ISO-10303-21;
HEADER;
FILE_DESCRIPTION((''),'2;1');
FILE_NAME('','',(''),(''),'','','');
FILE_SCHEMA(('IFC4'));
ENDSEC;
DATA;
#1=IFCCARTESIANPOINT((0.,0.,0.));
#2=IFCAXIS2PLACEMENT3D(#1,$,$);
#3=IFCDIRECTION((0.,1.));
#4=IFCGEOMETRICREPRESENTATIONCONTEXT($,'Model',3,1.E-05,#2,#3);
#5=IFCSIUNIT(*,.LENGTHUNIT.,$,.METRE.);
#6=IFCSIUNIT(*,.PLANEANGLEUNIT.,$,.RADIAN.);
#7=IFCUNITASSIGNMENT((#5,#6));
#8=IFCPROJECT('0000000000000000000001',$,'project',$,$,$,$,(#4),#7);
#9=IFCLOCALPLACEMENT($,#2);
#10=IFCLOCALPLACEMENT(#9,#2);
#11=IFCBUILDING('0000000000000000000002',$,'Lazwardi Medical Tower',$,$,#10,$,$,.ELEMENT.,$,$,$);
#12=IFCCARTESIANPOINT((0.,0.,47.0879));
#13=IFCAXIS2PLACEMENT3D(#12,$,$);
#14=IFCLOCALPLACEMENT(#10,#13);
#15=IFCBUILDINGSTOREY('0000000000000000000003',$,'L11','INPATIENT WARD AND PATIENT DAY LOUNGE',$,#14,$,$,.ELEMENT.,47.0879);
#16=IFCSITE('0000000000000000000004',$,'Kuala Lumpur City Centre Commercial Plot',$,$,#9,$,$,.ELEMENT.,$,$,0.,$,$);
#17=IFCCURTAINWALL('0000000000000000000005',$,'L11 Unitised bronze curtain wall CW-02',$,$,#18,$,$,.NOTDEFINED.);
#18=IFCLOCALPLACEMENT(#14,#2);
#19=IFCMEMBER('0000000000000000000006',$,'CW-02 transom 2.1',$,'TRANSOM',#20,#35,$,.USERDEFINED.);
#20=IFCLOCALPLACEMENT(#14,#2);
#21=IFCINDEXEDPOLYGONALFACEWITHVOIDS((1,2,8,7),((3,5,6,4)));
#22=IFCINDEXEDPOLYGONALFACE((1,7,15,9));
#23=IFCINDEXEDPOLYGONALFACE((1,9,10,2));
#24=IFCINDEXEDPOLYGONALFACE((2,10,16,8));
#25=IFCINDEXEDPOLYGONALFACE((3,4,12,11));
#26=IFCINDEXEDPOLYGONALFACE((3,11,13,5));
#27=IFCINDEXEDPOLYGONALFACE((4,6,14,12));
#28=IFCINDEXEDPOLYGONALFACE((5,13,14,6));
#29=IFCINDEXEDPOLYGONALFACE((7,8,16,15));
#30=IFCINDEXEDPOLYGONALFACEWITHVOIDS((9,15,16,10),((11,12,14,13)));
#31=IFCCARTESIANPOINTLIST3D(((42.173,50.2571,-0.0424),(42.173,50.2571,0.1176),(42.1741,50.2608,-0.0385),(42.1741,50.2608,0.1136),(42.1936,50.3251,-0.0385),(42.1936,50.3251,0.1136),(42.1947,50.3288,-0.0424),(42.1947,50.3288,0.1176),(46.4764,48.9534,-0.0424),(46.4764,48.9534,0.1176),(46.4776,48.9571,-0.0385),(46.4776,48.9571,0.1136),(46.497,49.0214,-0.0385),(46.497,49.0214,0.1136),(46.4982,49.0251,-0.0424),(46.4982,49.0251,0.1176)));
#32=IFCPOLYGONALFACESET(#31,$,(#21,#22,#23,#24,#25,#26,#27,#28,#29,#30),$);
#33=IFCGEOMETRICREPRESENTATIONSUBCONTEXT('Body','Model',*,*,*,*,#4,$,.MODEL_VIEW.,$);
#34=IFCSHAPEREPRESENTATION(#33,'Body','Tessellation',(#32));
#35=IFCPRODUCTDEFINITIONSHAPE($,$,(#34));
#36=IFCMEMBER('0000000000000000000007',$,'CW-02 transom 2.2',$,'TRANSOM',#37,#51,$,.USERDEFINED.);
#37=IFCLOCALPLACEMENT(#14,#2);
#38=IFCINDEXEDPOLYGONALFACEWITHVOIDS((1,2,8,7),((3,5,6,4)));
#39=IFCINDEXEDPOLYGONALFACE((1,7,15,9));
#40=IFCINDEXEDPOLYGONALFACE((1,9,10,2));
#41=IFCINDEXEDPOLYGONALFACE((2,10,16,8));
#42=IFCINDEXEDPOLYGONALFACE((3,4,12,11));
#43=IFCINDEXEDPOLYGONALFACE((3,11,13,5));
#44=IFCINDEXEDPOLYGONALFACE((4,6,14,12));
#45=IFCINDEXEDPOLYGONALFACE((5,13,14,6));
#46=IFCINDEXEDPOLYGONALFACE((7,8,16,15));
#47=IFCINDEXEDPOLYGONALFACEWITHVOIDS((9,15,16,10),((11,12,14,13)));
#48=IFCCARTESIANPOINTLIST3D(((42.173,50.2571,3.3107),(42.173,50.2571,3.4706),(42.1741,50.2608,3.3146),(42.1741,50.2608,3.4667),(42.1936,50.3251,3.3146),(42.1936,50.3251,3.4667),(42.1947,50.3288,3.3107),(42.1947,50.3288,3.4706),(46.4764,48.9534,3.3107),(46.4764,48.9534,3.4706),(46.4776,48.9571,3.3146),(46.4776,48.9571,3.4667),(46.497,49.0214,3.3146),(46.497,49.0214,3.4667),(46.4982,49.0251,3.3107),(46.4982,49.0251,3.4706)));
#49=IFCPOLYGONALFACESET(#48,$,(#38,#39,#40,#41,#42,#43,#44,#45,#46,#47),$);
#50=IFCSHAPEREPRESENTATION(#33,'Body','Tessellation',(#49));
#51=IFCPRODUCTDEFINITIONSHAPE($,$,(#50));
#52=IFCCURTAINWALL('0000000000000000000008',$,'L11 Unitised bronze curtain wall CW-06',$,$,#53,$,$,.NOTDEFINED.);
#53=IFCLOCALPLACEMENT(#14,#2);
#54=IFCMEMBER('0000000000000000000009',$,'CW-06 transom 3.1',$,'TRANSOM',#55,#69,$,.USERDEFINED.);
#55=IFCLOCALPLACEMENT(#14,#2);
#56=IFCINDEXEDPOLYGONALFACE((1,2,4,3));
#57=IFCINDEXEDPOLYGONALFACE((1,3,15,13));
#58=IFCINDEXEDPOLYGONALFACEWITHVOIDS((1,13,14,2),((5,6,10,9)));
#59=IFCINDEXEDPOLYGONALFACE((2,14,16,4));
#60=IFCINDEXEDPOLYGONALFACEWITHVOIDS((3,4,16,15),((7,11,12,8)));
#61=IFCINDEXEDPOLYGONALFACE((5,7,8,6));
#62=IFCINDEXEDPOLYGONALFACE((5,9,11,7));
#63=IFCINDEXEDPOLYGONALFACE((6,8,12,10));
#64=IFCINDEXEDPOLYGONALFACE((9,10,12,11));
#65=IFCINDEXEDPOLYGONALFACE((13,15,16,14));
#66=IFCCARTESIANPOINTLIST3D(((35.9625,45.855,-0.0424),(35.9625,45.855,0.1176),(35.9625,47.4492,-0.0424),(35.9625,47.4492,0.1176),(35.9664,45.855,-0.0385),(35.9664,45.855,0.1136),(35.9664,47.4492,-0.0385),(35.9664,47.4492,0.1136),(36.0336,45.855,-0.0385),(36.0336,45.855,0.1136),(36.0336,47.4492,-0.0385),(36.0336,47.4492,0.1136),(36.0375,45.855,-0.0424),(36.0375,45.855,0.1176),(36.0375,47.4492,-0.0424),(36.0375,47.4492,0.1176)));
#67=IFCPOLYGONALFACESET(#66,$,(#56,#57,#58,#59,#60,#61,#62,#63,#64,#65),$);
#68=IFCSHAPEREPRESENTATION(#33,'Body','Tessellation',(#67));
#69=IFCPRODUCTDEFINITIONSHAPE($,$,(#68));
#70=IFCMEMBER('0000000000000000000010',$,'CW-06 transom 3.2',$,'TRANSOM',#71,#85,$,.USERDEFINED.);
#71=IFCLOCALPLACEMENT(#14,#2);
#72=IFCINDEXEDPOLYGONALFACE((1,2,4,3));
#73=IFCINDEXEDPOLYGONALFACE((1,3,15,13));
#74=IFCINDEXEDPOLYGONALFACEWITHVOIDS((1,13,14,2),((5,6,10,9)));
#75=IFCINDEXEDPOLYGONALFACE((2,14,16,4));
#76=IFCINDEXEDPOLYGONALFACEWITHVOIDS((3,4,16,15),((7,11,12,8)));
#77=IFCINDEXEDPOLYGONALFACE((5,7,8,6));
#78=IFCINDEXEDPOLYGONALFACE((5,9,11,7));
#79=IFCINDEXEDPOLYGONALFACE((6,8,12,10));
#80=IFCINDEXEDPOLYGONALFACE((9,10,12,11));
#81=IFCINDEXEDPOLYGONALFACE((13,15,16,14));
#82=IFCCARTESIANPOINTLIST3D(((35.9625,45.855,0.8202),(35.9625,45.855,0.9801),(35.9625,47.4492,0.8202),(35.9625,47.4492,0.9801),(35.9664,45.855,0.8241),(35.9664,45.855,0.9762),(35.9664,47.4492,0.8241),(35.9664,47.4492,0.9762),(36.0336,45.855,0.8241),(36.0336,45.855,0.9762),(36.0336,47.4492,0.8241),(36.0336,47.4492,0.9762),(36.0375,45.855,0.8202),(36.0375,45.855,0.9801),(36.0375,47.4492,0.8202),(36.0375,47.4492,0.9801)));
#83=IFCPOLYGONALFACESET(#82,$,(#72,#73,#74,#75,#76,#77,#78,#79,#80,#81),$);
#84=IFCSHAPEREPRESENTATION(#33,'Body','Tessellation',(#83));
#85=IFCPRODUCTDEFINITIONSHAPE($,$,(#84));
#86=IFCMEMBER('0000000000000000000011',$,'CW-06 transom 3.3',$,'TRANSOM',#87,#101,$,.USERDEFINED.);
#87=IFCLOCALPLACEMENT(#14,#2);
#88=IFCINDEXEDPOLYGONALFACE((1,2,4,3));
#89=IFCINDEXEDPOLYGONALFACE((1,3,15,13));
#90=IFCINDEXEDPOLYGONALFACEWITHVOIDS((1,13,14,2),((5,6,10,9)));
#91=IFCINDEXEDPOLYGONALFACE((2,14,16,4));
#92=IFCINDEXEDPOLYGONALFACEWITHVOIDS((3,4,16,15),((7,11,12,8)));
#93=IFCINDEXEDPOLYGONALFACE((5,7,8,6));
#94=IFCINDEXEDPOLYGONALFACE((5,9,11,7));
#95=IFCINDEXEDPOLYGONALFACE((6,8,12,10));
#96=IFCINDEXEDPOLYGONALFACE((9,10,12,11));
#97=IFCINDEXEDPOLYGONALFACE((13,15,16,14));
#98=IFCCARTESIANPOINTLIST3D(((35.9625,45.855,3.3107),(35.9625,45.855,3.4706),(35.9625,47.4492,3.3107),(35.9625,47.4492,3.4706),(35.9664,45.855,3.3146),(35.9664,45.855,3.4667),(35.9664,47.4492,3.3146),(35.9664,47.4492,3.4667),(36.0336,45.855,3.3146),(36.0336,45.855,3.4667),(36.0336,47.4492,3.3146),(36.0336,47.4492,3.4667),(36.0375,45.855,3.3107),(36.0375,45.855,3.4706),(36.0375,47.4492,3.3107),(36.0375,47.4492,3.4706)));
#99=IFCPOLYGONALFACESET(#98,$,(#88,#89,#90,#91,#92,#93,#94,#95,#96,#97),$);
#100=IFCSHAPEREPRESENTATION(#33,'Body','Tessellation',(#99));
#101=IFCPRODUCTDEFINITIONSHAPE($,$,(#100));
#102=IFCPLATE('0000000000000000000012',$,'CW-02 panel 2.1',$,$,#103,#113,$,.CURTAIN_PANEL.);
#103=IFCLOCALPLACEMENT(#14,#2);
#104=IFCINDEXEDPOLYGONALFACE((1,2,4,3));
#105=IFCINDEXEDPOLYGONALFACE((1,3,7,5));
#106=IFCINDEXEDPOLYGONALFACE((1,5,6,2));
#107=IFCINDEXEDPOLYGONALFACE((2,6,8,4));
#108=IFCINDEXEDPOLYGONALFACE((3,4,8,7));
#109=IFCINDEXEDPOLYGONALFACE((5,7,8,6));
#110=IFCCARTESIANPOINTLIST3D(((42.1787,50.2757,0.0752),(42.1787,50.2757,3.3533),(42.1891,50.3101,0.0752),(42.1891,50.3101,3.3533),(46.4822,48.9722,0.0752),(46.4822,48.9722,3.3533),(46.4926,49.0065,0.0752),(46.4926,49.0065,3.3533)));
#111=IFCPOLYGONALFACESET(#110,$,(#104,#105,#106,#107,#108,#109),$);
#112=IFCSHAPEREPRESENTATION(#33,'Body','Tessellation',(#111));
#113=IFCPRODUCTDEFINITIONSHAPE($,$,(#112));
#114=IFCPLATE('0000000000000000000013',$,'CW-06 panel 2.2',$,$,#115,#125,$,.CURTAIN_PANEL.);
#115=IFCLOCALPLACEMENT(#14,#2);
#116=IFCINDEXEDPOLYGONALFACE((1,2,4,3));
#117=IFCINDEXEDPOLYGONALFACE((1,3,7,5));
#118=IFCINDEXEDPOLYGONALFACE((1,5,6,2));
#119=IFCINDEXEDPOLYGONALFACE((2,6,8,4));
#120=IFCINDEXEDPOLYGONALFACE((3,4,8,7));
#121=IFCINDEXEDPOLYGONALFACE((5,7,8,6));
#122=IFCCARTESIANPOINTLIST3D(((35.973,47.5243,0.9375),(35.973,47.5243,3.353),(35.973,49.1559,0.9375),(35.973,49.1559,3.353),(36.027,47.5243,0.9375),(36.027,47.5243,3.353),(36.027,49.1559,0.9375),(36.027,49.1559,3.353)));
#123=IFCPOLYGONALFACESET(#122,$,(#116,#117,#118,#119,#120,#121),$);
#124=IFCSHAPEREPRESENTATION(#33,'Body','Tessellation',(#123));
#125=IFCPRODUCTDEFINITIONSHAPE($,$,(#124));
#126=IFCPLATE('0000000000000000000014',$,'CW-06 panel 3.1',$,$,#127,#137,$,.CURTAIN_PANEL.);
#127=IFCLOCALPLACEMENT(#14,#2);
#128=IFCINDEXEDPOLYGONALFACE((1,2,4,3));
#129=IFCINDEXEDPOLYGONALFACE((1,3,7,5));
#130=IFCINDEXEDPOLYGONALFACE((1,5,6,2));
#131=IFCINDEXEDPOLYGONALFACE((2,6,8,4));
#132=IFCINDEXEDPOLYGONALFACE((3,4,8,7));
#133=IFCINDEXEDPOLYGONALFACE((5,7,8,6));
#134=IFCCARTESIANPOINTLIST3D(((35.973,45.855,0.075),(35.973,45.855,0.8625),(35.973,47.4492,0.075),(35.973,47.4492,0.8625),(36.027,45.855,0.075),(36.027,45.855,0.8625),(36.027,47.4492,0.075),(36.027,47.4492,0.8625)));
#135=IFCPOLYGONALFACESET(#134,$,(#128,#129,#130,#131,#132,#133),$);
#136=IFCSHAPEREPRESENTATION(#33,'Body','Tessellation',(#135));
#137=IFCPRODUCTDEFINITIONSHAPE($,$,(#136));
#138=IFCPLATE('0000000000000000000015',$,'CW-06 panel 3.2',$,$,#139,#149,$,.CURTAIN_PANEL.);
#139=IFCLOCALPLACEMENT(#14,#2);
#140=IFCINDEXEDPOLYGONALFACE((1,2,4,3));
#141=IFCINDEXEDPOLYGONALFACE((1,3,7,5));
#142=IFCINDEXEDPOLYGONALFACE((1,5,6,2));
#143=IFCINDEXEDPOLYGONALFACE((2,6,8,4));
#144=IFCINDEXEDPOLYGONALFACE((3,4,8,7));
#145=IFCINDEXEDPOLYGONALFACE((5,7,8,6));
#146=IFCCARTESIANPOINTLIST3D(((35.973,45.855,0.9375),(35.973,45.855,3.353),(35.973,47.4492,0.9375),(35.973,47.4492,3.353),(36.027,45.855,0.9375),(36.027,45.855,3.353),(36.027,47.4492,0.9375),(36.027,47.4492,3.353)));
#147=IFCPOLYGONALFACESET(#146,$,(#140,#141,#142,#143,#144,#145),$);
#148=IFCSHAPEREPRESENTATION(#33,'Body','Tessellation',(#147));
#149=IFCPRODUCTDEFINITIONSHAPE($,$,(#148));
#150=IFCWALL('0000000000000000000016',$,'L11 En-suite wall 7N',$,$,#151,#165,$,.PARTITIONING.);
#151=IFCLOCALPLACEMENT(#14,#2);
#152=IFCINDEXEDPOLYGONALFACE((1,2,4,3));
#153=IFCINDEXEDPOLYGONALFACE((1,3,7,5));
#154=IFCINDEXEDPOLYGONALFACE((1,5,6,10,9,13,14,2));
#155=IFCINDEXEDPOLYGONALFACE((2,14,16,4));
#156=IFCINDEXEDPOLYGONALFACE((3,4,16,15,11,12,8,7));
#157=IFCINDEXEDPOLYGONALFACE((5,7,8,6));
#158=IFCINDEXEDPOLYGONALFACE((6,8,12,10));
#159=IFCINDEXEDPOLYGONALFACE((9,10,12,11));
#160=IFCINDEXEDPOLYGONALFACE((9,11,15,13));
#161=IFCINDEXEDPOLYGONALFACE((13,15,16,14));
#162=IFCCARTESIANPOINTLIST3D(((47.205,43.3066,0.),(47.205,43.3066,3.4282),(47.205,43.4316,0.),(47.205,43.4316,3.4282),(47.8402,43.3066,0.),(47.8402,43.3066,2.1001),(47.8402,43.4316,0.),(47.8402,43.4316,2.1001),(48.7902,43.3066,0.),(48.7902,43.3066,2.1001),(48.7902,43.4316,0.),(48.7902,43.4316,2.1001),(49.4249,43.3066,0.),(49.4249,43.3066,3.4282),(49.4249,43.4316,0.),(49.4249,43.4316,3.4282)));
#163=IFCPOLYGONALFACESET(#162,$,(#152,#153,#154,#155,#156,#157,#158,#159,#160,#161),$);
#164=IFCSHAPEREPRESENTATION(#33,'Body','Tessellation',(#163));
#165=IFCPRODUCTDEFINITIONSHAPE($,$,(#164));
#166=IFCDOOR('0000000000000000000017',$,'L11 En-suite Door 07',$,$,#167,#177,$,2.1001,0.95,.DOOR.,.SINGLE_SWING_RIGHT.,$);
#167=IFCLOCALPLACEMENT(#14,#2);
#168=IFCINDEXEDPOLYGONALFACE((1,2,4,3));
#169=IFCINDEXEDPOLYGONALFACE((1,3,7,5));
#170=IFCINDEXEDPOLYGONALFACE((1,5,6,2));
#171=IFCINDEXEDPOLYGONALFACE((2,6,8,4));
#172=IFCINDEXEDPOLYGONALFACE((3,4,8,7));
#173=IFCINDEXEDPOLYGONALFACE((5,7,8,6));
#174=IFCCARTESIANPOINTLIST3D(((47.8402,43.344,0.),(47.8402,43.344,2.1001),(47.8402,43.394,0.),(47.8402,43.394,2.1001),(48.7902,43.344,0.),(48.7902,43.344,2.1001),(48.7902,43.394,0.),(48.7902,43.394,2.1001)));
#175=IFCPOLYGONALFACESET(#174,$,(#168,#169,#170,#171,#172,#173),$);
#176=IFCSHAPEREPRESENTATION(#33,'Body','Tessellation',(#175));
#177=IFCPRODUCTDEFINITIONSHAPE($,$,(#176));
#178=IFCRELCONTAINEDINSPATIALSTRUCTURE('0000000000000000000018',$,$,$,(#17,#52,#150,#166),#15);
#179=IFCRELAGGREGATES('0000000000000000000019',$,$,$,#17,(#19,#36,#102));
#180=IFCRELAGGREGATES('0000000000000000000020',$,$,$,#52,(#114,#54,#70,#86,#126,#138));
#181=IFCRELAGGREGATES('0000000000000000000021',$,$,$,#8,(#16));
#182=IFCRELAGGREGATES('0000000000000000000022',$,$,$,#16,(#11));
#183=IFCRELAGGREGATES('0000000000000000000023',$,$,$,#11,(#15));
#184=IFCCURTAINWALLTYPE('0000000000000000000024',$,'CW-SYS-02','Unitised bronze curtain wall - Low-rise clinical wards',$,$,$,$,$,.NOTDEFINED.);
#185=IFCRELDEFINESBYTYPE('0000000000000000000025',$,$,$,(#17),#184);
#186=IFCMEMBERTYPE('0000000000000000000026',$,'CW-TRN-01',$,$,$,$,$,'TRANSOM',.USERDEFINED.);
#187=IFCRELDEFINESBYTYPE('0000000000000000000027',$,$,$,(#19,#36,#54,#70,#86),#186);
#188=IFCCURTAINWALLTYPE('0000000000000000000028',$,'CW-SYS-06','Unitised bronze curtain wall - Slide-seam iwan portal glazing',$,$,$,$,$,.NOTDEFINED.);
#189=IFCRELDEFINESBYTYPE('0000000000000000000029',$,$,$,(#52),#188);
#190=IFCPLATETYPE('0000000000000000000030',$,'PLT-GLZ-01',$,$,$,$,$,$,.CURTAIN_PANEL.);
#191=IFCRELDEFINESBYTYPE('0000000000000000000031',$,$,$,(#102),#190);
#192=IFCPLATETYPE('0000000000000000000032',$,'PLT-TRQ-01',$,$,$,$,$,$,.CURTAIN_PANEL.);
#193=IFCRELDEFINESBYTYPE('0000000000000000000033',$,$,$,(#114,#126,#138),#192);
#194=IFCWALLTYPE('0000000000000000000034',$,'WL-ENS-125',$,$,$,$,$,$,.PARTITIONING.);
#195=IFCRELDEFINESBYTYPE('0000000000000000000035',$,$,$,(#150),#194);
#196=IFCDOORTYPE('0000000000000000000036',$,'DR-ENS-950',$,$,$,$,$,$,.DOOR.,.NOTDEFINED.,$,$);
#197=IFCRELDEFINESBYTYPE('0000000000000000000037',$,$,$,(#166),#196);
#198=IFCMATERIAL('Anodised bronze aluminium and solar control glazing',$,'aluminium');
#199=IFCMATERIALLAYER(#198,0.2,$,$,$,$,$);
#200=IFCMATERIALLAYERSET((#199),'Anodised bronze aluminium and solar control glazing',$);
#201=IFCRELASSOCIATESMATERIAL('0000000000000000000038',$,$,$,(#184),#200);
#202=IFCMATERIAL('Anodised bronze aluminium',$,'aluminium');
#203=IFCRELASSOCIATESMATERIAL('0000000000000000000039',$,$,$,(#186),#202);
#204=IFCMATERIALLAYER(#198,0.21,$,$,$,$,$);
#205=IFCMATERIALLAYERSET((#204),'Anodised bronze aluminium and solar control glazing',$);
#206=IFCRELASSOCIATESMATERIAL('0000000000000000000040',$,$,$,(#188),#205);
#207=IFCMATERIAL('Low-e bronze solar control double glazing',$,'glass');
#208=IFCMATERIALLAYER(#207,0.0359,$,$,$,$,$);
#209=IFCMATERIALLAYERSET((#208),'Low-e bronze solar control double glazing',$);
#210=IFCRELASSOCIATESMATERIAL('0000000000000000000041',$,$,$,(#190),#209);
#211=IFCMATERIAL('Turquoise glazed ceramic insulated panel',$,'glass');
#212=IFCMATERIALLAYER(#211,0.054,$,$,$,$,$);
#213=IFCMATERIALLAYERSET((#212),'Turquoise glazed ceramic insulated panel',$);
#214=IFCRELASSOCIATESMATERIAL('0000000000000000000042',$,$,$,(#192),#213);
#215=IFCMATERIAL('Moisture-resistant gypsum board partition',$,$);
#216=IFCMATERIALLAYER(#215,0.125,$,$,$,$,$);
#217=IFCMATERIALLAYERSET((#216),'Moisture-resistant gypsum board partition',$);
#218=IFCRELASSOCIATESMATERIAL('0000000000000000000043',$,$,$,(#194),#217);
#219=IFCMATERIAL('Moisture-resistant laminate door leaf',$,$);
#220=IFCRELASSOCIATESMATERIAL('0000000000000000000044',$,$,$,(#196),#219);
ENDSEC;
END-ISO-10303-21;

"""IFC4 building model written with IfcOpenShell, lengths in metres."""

from ifc_helpers import new_model, si_unit, direction, frame, frame_2d, origin, origin_2d, place, context, subcontext, project, spatial, rectangle, hollow_rectangle, extrude, material, layer, layer_set, material_profile, profile_set, type_object, element, fill, aggregate, save


model = new_model("IFC4")

# Units and contexts
model_context = context("Model", 3, precision=1e-05, world=origin(), true_north=direction((0.0, 1.0)))
body_context = subcontext(model_context, "Body", "Model", "MODEL_VIEW")
ifc_project = project(units=[si_unit("LENGTHUNIT", "METRE"), si_unit("PLANEANGLEUNIT", "RADIAN")], contexts=[model_context])

# Site, building, storey
site_placement = place(None, origin())
site = spatial("IfcSite", under=ifc_project, at=site_placement, Name="Kuala Lumpur City Centre Commercial Plot", CompositionType="ELEMENT", RefElevation=0.0)
building_placement = place(site_placement, origin())
building = spatial("IfcBuilding", under=site, at=building_placement, Name="Lazwardi Medical Tower", CompositionType="ELEMENT")
storey_placement = place(building_placement, frame((0.0, 0.0, 47.0879)))
storey = spatial("IfcBuildingStorey", under=building, at=storey_placement, Name="L11", Description="INPATIENT WARD AND PATIENT DAY LOUNGE", CompositionType="ELEMENT", Elevation=47.0879)

# Curtain walls, members
ifc_material_1 = material(Name="Anodised bronze aluminium and solar control glazing", Category="aluminium")
ifc_layer_1 = layer(ifc_material_1, 0.2)
ifc_layer_set_1 = layer_set([ifc_layer_1], Name="Anodised bronze aluminium and solar control glazing")
curtain_wall_type_1 = type_object("IfcCurtainWallType", Name="CW-SYS-02", Description="Unitised bronze curtain wall - Low-rise clinical wards", PredefinedType="NOTDEFINED", material=ifc_layer_set_1)
curtain_wall_1_placement = place(storey_placement, origin())
curtain_wall_1 = element("IfcCurtainWall", 1, at=curtain_wall_1_placement, inside=storey, type_object=curtain_wall_type_1, Name="L11 Unitised bronze curtain wall CW-02", PredefinedType="NOTDEFINED")
ifc_material_2 = material(Name="Anodised bronze aluminium", Category="aluminium")
ifc_material_profile_1 = material_profile(ifc_material_2, hollow_rectangle(XDim=0.075, YDim=0.1599, WallThickness=0.0039, at=origin_2d()), Name="ALU-TRANSOM 160x75x4")
ifc_profile_set_1 = profile_set([ifc_material_profile_1], Name="Anodised bronze aluminium")
member_type_1 = type_object("IfcMemberType", Name="CW-TRN-01", ElementType="TRANSOM", PredefinedType="USERDEFINED", material=ifc_profile_set_1)
member_1_placement = place(storey_placement, frame((46.4873, 48.9893, 0.0376), z_axis=(-0.957047, 0.289932, 0.0), x_axis=(-0.289932, -0.957047, 0.0)))
member_1 = element("IfcMember", 2, at=member_1_placement, type_object=member_type_1, Name="CW-02 transom 2.1", ObjectType="TRANSOM", PredefinedType="USERDEFINED", context=body_context, shape_type="SweptSolid", body=[
    extrude(hollow_rectangle(XDim=0.075, YDim=0.1599, WallThickness=0.0039, at=origin_2d()), origin(), (0.0, 0.0, 1.0), 4.4966),
])
member_2_placement = place(storey_placement, frame((46.4873, 48.9893, 3.3906), z_axis=(-0.957047, 0.289932, 0.0), x_axis=(-0.289932, -0.957047, 0.0)))
member_2 = element("IfcMember", 3, at=member_2_placement, type_object=member_type_1, Name="CW-02 transom 2.2", ObjectType="TRANSOM", PredefinedType="USERDEFINED", context=body_context, shape_type="SweptSolid", body=[
    extrude(hollow_rectangle(XDim=0.075, YDim=0.1599, WallThickness=0.0039, at=origin_2d()), origin(), (0.0, 0.0, 1.0), 4.4966),
])
ifc_layer_2 = layer(ifc_material_1, 0.21)
ifc_layer_set_2 = layer_set([ifc_layer_2], Name="Anodised bronze aluminium and solar control glazing")
curtain_wall_type_2 = type_object("IfcCurtainWallType", Name="CW-SYS-06", Description="Unitised bronze curtain wall - Slide-seam iwan portal glazing", PredefinedType="NOTDEFINED", material=ifc_layer_set_2)
curtain_wall_2_placement = place(storey_placement, origin())
curtain_wall_2 = element("IfcCurtainWall", 4, at=curtain_wall_2_placement, inside=storey, type_object=curtain_wall_type_2, Name="L11 Unitised bronze curtain wall CW-06", PredefinedType="NOTDEFINED")
member_3_placement = place(storey_placement, frame((36.0, 47.4492, 0.0376), z_axis=(0.0, -1.0, 0.0), x_axis=(1.0, 0.0, 0.0)))
member_3 = element("IfcMember", 5, at=member_3_placement, type_object=member_type_1, Name="CW-06 transom 3.1", ObjectType="TRANSOM", PredefinedType="USERDEFINED", context=body_context, shape_type="SweptSolid", body=[
    extrude(hollow_rectangle(XDim=0.075, YDim=0.1599, WallThickness=0.0039, at=origin_2d()), origin(), (0.0, 0.0, 1.0), 1.5942),
])
member_4_placement = place(storey_placement, frame((36.0, 47.4492, 0.9001), z_axis=(0.0, -1.0, 0.0), x_axis=(1.0, 0.0, 0.0)))
member_4 = element("IfcMember", 6, at=member_4_placement, type_object=member_type_1, Name="CW-06 transom 3.2", ObjectType="TRANSOM", PredefinedType="USERDEFINED", context=body_context, shape_type="SweptSolid", body=[
    extrude(hollow_rectangle(XDim=0.075, YDim=0.1599, WallThickness=0.0039, at=origin_2d()), origin(), (0.0, 0.0, 1.0), 1.5942),
])
member_5_placement = place(storey_placement, frame((36.0, 47.4492, 3.3906), z_axis=(0.0, -1.0, 0.0), x_axis=(1.0, 0.0, 0.0)))
member_5 = element("IfcMember", 7, at=member_5_placement, type_object=member_type_1, Name="CW-06 transom 3.3", ObjectType="TRANSOM", PredefinedType="USERDEFINED", context=body_context, shape_type="SweptSolid", body=[
    extrude(hollow_rectangle(XDim=0.075, YDim=0.1599, WallThickness=0.0039, at=origin_2d()), origin(), (0.0, 0.0, 1.0), 1.5942),
])

# Plates
ifc_material_3 = material(Name="Low-e bronze solar control double glazing", Category="glass")
ifc_layer_3 = layer(ifc_material_3, 0.0359)
ifc_layer_set_3 = layer_set([ifc_layer_3], Name="Low-e bronze solar control double glazing")
plate_type_1 = type_object("IfcPlateType", Name="PLT-GLZ-01", PredefinedType="CURTAIN_PANEL", material=ifc_layer_set_3)
plate_1_placement = place(storey_placement, frame((44.3357, 49.6411, 0.0752), z_axis=(0.0, 0.0, 1.0), x_axis=(-0.957058, 0.289896, 0.0)))
plate_1 = element("IfcPlate", 8, at=plate_1_placement, type_object=plate_type_1, Name="CW-02 panel 2.1", PredefinedType="CURTAIN_PANEL", context=body_context, shape_type="SweptSolid", body=[
    extrude(rectangle(XDim=4.4966, YDim=0.0359, at=origin_2d()), origin(), (0.0, 0.0, 1.0), 3.2781),
])
aggregate(curtain_wall_1, [member_1, member_2, plate_1])
ifc_material_4 = material(Name="Turquoise glazed ceramic insulated panel", Category="glass")
ifc_layer_4 = layer(ifc_material_4, 0.054)
ifc_layer_set_4 = layer_set([ifc_layer_4], Name="Turquoise glazed ceramic insulated panel")
plate_type_2 = type_object("IfcPlateType", Name="PLT-TRQ-01", PredefinedType="CURTAIN_PANEL", material=ifc_layer_set_4)
plate_2_placement = place(storey_placement, frame((36.0, 48.3401, 0.9375), z_axis=(0.0, 0.0, 1.0), x_axis=(0.0, -1.0, 0.0)))
plate_2 = element("IfcPlate", 9, at=plate_2_placement, type_object=plate_type_2, Name="CW-06 panel 2.2", PredefinedType="CURTAIN_PANEL", context=body_context, shape_type="SweptSolid", body=[
    extrude(rectangle(XDim=1.6316, YDim=0.054, at=origin_2d()), origin(), (0.0, 0.0, 1.0), 2.4155),
])
plate_3_placement = place(storey_placement, frame((36.0, 46.6521, 0.075), z_axis=(0.0, 0.0, 1.0), x_axis=(0.0, -1.0, 0.0)))
plate_3 = element("IfcPlate", 10, at=plate_3_placement, type_object=plate_type_2, Name="CW-06 panel 3.1", PredefinedType="CURTAIN_PANEL", context=body_context, shape_type="SweptSolid", body=[
    extrude(rectangle(XDim=1.5942, YDim=0.054, at=origin_2d()), origin(), (0.0, 0.0, 1.0), 0.7876),
])
plate_4_placement = place(storey_placement, frame((36.0, 46.6521, 0.9375), z_axis=(0.0, 0.0, 1.0), x_axis=(0.0, -1.0, 0.0)))
plate_4 = element("IfcPlate", 11, at=plate_4_placement, type_object=plate_type_2, Name="CW-06 panel 3.2", PredefinedType="CURTAIN_PANEL", context=body_context, shape_type="SweptSolid", body=[
    extrude(rectangle(XDim=1.5942, YDim=0.054, at=origin_2d()), origin(), (0.0, 0.0, 1.0), 2.4155),
])
aggregate(curtain_wall_2, [plate_2, member_3, member_4, member_5, plate_3, plate_4])

# Wall, opening, door
ifc_material_5 = material(Name="Moisture-resistant gypsum board partition")
ifc_layer_5 = layer(ifc_material_5, 0.125)
ifc_layer_set_5 = layer_set([ifc_layer_5], Name="Moisture-resistant gypsum board partition")
wall_type_1 = type_object("IfcWallType", Name="WL-ENS-125", PredefinedType="PARTITIONING", material=ifc_layer_set_5)
wall_1_placement = place(storey_placement, frame((47.2051, 43.3691, 0.0), z_axis=(0.0, 0.0, 1.0), x_axis=(1.0, 0.0, 0.0)))
wall_1 = element("IfcWall", 12, at=wall_1_placement, inside=storey, type_object=wall_type_1, Name="L11 En-suite wall 7N", PredefinedType="PARTITIONING", context=body_context, shape_type="SweptSolid", body=[
    extrude(rectangle(XDim=2.22, YDim=0.125, at=frame_2d((1.1099, 0.0))), origin(), (0.0, 0.0, 1.0), 3.4282),
])
opening_1_placement = place(wall_1_placement, frame((0.635, 0.0, 0.0)))
opening_1 = element("IfcOpeningElement", 13, at=opening_1_placement, cuts=wall_1, PredefinedType="OPENING", context=body_context, shape_type="SweptSolid", body=[
    extrude(rectangle(XDim=0.95, YDim=2.1001, at=frame_2d((0.4751, 1.05))), frame((0.0, 0.0725, 0.0), z_axis=(0.0, -1.0, 0.0), x_axis=(1.0, 0.0, 0.0)), (0.0, 0.0, 1.0), 0.145),
])
ifc_material_6 = material(Name="Moisture-resistant laminate door leaf")
door_type = type_object("IfcDoorType", Name="DR-ENS-950", OperationType="NOTDEFINED", PredefinedType="DOOR", material=ifc_material_6)
door_1_placement = place(opening_1_placement, origin())
door_1 = element("IfcDoor", 14, at=door_1_placement, inside=storey, type_object=door_type, Name="L11 En-suite Door 07", OperationType="SINGLE_SWING_RIGHT", OverallHeight=2.1001, OverallWidth=0.95, PredefinedType="DOOR", context=body_context, shape_type="SweptSolid", body=[
    extrude(rectangle(XDim=0.95, YDim=2.1001, at=frame_2d((0.4751, 1.05))), frame((0.0, 0.0249, 0.0), z_axis=(0.0, -1.0, 0.0), x_axis=(1.0, 0.0, 0.0)), (0.0, 0.0, 1.0), 0.05),
])
fill(opening_1, door_1)

save(model, "model.ifc")
